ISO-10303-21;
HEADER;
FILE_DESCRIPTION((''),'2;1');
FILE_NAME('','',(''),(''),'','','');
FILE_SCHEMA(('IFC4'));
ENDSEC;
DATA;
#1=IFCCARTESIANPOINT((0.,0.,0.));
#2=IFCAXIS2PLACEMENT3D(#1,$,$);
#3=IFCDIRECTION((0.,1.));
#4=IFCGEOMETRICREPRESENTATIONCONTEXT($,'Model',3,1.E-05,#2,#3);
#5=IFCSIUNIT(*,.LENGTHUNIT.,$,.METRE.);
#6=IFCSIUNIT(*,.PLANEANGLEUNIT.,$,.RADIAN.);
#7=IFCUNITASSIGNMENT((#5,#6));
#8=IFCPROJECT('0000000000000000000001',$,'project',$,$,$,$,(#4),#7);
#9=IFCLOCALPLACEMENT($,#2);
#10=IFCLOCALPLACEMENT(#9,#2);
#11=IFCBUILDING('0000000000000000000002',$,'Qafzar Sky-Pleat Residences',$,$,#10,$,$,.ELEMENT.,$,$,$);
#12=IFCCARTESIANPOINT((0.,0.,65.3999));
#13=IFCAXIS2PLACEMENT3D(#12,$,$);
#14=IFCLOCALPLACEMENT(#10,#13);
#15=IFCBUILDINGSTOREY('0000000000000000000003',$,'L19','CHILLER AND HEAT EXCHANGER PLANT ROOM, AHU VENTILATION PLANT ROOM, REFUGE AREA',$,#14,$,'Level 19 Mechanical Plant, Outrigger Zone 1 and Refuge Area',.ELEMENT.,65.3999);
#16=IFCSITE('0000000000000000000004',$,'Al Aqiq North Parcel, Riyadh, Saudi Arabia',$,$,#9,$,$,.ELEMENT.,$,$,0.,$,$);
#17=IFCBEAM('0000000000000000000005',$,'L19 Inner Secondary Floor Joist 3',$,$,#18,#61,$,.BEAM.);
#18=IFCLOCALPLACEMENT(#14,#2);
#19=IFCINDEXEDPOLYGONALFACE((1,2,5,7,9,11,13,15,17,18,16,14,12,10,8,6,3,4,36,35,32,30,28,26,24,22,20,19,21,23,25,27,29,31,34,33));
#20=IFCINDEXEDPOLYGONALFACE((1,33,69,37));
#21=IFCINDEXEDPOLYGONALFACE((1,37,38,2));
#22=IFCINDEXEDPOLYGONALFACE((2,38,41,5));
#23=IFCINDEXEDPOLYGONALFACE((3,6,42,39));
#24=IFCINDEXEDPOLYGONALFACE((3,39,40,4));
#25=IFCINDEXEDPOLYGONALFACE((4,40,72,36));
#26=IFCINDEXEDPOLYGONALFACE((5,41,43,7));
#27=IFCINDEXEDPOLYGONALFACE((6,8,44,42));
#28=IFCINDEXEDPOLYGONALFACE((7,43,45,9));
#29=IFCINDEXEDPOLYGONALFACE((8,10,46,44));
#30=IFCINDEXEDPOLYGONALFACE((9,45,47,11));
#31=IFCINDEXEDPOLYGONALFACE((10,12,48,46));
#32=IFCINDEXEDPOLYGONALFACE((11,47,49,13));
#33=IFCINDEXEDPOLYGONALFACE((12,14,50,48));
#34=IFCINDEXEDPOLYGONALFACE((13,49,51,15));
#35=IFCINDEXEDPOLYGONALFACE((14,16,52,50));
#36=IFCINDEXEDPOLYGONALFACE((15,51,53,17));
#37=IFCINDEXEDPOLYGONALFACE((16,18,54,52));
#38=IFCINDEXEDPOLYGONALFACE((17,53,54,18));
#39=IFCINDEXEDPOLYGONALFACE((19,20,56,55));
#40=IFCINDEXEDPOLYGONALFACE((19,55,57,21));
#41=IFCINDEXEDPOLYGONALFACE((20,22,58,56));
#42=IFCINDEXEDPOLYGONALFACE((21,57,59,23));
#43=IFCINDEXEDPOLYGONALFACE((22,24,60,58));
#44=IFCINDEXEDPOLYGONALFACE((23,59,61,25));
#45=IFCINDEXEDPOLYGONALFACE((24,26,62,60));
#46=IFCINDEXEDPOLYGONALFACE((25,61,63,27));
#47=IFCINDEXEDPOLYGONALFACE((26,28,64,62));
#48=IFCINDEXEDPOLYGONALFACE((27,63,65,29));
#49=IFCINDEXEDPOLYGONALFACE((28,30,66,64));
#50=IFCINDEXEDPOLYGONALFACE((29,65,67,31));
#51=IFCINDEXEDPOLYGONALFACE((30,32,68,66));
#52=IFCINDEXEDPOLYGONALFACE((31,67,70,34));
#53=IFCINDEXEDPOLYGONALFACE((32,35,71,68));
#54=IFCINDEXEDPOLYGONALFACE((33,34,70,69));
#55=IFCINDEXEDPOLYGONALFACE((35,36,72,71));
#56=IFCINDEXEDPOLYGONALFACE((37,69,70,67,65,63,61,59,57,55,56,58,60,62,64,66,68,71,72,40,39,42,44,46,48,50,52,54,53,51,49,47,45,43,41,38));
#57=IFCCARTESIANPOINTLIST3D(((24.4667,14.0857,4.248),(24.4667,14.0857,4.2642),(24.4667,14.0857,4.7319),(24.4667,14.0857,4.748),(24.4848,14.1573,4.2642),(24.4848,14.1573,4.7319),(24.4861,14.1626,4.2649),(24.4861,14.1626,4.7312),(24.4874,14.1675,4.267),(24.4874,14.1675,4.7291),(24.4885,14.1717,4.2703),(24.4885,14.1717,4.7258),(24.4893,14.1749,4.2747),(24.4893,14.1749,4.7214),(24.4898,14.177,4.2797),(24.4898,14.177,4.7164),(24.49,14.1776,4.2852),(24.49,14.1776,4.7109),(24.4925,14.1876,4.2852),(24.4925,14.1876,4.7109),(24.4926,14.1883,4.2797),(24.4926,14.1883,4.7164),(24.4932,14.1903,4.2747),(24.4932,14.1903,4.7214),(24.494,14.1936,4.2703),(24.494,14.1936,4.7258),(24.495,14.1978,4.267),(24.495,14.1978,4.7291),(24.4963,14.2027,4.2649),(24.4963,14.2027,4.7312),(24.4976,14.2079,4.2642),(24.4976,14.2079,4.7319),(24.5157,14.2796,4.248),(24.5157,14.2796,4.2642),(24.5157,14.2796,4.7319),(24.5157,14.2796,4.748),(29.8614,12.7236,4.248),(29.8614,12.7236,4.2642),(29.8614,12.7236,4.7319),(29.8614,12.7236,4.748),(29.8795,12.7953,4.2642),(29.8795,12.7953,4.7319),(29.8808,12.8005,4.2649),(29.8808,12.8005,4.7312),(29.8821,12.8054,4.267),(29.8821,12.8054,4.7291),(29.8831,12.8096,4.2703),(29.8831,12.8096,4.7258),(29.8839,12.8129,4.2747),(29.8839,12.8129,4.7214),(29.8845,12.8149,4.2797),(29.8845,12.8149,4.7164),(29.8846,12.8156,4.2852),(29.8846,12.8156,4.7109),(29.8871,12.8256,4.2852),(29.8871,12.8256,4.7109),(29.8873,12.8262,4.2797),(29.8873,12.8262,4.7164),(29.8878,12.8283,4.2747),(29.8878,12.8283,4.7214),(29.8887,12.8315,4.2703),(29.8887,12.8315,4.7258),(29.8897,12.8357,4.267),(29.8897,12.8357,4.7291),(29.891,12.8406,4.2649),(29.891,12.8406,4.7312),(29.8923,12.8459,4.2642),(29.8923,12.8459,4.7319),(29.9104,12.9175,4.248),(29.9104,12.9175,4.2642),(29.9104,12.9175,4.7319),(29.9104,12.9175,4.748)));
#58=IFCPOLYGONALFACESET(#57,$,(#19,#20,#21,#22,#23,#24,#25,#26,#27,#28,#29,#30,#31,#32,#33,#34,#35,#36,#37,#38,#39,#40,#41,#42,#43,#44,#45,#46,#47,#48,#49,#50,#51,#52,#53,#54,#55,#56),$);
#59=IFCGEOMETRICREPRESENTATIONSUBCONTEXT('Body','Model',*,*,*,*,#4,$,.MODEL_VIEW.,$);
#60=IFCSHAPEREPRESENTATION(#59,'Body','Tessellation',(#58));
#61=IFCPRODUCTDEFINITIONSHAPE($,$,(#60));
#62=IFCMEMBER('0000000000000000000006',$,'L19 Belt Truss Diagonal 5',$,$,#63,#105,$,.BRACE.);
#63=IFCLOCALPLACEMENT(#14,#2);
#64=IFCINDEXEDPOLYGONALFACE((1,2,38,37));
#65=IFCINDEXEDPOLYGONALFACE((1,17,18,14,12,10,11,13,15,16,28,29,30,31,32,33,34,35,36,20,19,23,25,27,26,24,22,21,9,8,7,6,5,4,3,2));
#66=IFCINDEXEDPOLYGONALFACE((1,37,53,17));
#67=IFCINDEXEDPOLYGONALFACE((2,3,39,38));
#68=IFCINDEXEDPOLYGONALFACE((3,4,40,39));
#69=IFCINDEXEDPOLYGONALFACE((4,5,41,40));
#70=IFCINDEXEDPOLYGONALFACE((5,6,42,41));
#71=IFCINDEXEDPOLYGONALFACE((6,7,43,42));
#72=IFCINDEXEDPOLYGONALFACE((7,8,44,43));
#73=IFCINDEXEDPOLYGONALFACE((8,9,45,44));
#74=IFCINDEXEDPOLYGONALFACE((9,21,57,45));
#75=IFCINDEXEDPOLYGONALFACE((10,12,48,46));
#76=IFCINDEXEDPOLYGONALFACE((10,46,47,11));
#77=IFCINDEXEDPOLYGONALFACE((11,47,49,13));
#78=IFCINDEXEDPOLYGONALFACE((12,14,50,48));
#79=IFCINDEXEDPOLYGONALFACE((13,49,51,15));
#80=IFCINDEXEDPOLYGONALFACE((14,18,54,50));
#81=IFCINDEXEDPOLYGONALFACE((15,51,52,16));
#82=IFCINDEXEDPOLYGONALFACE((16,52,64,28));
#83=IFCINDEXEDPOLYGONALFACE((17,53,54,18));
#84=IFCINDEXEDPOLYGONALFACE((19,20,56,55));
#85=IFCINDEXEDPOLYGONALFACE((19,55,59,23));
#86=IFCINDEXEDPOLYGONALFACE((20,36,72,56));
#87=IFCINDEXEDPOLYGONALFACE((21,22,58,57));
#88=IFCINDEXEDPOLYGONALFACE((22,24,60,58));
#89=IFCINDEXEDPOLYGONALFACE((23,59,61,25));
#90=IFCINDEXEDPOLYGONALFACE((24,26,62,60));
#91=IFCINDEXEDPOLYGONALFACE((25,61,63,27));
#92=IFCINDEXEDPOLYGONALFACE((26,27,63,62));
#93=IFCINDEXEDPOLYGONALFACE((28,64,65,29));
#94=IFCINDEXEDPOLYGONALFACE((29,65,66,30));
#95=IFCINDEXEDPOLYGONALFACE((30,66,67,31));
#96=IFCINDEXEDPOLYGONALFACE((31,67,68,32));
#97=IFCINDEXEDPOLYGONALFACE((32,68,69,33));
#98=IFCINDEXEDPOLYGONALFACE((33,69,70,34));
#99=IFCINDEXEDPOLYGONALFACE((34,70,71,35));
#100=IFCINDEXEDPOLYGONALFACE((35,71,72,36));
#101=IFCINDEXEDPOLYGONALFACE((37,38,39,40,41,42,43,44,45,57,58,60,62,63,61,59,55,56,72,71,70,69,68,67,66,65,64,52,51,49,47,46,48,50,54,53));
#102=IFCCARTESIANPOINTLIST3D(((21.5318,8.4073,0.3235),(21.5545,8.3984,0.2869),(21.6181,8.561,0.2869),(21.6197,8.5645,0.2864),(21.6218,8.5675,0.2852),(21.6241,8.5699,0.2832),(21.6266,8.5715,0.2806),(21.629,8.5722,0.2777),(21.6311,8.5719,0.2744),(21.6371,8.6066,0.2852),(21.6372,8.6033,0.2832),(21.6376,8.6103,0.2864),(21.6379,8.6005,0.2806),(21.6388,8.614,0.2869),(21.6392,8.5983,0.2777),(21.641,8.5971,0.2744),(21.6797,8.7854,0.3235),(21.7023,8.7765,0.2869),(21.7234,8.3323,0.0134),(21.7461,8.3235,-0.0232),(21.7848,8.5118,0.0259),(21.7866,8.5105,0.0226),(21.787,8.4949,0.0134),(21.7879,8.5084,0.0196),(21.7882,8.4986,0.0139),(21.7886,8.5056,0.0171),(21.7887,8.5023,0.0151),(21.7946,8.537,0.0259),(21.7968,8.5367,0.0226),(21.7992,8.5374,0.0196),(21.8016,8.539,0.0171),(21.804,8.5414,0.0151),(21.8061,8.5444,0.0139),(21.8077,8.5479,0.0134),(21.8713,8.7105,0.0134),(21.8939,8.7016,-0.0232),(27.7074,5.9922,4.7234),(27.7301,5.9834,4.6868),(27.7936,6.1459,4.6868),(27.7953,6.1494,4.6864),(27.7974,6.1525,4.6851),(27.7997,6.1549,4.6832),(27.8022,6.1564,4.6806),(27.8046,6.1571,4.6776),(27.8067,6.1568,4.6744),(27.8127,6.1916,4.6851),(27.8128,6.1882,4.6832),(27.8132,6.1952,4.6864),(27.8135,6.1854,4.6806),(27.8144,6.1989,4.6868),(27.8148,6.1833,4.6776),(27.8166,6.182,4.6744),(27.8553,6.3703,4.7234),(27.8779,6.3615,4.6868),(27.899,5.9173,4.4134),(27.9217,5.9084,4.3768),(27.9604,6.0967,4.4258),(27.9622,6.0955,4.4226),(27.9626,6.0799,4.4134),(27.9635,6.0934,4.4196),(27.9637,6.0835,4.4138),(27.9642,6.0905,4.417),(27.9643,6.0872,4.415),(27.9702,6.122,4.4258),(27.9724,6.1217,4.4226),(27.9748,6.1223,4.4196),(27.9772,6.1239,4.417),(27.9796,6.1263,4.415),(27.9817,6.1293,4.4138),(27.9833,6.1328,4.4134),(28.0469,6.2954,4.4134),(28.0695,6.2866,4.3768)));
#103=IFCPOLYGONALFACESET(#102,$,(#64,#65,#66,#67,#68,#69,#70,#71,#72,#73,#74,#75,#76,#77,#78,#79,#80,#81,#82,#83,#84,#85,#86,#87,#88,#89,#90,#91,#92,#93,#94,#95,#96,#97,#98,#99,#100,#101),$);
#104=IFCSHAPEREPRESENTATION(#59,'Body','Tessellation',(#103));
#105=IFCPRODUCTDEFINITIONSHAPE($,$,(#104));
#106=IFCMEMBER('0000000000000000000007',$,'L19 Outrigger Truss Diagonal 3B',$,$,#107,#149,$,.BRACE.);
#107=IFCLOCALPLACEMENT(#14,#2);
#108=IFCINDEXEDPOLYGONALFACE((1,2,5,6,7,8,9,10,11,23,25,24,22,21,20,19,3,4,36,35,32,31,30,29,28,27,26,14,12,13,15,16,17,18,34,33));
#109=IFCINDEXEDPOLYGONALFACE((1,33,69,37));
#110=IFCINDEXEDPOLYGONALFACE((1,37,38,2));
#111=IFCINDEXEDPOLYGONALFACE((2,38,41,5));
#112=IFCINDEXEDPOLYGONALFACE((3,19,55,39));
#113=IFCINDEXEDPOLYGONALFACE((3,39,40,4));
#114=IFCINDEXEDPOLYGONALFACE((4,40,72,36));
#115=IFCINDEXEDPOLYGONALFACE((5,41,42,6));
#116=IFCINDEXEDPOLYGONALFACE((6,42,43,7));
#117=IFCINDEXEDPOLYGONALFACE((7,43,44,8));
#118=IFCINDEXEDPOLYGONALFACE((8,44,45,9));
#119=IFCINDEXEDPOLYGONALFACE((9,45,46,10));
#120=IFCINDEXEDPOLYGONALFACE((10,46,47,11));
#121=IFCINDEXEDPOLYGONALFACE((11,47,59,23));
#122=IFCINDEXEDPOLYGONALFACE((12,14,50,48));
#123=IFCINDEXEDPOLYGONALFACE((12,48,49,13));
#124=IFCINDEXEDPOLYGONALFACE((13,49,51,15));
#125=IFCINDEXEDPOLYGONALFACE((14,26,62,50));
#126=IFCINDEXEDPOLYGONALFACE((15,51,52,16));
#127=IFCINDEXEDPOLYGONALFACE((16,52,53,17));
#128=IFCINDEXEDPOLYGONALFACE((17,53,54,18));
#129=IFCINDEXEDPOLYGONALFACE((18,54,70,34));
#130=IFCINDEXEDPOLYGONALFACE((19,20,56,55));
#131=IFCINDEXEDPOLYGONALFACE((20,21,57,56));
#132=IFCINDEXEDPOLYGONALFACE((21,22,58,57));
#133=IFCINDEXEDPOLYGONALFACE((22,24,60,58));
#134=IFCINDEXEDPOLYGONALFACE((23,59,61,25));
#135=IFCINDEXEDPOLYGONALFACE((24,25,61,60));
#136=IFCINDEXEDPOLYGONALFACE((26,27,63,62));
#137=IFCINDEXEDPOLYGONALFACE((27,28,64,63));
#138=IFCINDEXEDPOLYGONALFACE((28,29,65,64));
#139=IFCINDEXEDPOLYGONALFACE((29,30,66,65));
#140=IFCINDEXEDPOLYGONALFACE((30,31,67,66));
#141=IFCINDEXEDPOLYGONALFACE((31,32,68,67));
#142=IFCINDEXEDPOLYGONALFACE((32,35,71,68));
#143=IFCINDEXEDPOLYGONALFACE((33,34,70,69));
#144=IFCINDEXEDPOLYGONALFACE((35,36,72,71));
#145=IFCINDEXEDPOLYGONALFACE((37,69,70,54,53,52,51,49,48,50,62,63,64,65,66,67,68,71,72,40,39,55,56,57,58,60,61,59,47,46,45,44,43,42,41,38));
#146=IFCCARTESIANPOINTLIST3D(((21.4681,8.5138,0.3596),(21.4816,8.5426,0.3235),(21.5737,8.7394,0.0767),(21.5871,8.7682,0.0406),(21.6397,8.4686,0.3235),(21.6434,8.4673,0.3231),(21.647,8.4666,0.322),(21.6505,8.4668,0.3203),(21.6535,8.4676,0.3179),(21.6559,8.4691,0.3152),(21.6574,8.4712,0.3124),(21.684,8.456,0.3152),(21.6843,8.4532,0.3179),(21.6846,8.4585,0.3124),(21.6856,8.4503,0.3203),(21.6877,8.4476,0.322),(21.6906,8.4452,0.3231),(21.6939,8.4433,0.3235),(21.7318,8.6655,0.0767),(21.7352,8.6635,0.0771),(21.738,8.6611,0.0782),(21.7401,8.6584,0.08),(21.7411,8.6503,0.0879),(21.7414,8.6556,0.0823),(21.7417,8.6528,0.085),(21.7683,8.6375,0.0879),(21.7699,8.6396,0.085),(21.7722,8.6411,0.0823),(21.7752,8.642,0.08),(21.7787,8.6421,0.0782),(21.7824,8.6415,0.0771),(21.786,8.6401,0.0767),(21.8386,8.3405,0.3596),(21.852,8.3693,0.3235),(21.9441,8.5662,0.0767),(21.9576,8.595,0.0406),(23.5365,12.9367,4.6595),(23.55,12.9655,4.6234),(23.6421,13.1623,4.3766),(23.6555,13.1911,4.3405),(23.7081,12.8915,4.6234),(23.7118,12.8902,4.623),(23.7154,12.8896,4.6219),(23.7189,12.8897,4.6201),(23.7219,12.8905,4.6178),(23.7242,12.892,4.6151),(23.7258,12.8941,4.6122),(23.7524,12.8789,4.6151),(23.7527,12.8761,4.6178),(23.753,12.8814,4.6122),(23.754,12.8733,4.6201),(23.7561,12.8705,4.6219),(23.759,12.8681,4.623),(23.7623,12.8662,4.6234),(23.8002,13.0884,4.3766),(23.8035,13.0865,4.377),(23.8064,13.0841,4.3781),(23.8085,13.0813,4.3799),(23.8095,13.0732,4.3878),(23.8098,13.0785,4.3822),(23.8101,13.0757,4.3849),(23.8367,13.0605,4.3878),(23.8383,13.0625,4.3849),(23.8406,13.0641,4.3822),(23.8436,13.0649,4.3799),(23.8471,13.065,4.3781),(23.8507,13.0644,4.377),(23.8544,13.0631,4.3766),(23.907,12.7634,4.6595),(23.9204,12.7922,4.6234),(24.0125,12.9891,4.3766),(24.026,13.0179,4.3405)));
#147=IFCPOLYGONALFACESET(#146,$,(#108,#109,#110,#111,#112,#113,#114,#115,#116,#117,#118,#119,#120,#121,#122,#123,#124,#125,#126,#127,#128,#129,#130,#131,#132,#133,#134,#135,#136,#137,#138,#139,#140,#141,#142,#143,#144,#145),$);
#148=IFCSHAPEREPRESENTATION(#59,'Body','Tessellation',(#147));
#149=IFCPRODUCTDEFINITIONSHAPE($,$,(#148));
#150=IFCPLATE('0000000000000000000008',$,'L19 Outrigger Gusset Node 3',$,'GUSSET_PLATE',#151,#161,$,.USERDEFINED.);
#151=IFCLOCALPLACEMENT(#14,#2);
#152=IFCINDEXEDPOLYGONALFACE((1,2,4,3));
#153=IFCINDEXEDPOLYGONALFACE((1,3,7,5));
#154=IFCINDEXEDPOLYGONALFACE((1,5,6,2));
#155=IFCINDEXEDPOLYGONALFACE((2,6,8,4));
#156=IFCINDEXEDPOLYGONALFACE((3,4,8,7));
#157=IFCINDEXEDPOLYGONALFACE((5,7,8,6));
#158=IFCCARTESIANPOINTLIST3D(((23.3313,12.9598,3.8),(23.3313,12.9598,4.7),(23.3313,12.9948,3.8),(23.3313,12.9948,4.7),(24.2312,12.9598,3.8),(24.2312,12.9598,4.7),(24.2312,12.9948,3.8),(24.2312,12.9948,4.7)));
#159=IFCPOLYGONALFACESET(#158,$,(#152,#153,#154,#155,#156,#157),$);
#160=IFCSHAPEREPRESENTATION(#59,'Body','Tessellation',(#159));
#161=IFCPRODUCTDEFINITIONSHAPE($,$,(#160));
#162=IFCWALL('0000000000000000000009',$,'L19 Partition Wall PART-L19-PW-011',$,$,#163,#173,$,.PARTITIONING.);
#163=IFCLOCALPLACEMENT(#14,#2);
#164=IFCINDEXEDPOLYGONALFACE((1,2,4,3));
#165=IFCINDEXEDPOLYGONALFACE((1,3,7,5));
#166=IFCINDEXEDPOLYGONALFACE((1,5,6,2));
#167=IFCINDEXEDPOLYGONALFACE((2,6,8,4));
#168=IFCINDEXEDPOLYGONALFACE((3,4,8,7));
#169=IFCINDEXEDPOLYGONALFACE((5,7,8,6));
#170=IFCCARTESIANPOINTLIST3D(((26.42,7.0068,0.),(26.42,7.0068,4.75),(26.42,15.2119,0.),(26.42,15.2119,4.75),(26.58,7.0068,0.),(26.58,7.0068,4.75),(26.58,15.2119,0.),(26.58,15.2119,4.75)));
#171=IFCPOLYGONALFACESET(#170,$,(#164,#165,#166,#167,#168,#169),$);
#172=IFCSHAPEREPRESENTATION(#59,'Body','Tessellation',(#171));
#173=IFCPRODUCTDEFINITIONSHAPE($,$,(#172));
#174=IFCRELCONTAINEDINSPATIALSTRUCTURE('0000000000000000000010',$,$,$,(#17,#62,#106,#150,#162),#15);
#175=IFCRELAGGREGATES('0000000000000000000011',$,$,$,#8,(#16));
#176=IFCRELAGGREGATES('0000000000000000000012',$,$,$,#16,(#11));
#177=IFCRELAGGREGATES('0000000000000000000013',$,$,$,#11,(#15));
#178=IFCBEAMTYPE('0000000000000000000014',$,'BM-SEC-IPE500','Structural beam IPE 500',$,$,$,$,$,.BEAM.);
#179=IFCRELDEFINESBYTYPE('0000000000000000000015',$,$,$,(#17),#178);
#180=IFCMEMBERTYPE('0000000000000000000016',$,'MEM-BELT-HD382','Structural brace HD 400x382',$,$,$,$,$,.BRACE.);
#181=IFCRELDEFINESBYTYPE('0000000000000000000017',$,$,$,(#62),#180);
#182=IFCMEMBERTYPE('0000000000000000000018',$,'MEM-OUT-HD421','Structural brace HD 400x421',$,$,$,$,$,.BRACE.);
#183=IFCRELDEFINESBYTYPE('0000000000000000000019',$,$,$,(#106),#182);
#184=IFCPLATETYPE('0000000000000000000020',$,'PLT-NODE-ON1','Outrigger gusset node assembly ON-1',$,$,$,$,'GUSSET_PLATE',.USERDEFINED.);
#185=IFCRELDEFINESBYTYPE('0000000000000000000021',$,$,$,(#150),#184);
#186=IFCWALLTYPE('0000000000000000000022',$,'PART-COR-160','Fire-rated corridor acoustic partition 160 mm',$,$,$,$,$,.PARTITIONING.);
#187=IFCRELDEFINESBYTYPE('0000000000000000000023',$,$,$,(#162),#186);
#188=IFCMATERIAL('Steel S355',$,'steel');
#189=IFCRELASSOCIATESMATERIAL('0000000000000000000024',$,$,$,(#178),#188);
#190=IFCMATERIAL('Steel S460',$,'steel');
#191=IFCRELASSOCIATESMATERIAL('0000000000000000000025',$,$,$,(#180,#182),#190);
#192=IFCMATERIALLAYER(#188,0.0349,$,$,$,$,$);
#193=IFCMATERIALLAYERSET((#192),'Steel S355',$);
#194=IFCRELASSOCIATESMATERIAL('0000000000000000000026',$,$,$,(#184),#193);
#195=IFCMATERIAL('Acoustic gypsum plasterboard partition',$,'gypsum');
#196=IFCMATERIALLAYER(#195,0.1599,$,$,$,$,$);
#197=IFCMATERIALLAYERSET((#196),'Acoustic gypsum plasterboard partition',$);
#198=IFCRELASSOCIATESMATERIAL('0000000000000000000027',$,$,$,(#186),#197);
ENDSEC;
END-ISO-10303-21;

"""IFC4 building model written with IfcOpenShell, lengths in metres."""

from ifc_helpers import new_model, si_unit, direction, frame, frame_2d, origin, origin_2d, place, context, subcontext, project, spatial, rectangle, i_section, extrude, source, transform, mapped, material, layer, layer_set, material_profile, profile_set, type_object, element, save


model = new_model("IFC4")

# Units and contexts
model_context = context("Model", 3, precision=1e-05, world=origin(), true_north=direction((0.0, 1.0)))
body_context = subcontext(model_context, "Body", "Model", "MODEL_VIEW")
ifc_project = project(units=[si_unit("LENGTHUNIT", "METRE"), si_unit("PLANEANGLEUNIT", "RADIAN")], contexts=[model_context])

# Site, building, storey
site_placement = place(None, origin())
site = spatial("IfcSite", under=ifc_project, at=site_placement, Name="Al Aqiq North Parcel, Riyadh, Saudi Arabia", CompositionType="ELEMENT", RefElevation=0.0)
building_placement = place(site_placement, origin())
building = spatial("IfcBuilding", under=site, at=building_placement, Name="Qafzar Sky-Pleat Residences", CompositionType="ELEMENT")
storey_placement = place(building_placement, frame((0.0, 0.0, 65.3999)))
storey = spatial("IfcBuildingStorey", under=building, at=storey_placement, Name="L19", Description="CHILLER AND HEAT EXCHANGER PLANT ROOM, AHU VENTILATION PLANT ROOM, REFUGE AREA", LongName="Level 19 Mechanical Plant, Outrigger Zone 1 and Refuge Area", CompositionType="ELEMENT", Elevation=65.3999)

# Beam
ifc_material_1 = material(Name="Steel S355", Category="steel")
ifc_material_2 = material(Name="Steel S460", Category="steel")
ifc_material_profile_1 = material_profile(ifc_material_1, i_section(OverallWidth=0.2, OverallDepth=0.5, WebThickness=0.0103, FlangeThickness=0.0161, FilletRadius=0.021, at=origin_2d()), Name="IPE 500")
ifc_profile_set_1 = profile_set([ifc_material_profile_1], Name="Steel S355")
beam_type_1 = type_object("IfcBeamType", Name="BM-SEC-IPE500", Description="Structural beam IPE 500", PredefinedType="BEAM", material=ifc_profile_set_1)
shared_shape_1 = source(origin(), body_context, "Body", "SweptSolid", [
    extrude(i_section(OverallWidth=0.2, OverallDepth=0.5, WebThickness=0.0103, FlangeThickness=0.0161, FilletRadius=0.021, at=origin_2d()), origin(), (0.0, 0.0, 1.0), 5.564),
])
beam_1_placement = place(storey_placement, frame((24.4912, 14.1826, 4.498), z_axis=(0.969575, -0.244796, 0.0), x_axis=(0.244796, 0.969575, 0.0)))
element("IfcBeam", 1, at=beam_1_placement, inside=storey, type_object=beam_type_1, Name="L19 Inner Secondary Floor Joist 3", PredefinedType="BEAM", context=body_context, shape_type="MappedRepresentation", body=[
    mapped(shared_shape_1, transform((0.0, 0.0, 0.0), x_axis=(1.0, 0.0, 0.0), y_axis=(0.0, 1.0, 0.0), z_axis=(0.0, 0.0, 1.0), scale=1.0)),
])

# Members
ifc_material_profile_2 = material_profile(ifc_material_2, i_section(OverallWidth=0.406, OverallDepth=0.416, WebThickness=0.0271, FlangeThickness=0.0439, FilletRadius=0.0149, at=origin_2d()), Name="HD 400x382")
ifc_profile_set_2 = profile_set([ifc_material_profile_2], Name="Steel S460")
member_type_1 = type_object("IfcMemberType", Name="MEM-BELT-HD382", Description="Structural brace HD 400x382", PredefinedType="BRACE", material=ifc_profile_set_2)
shared_shape_2 = source(origin(), body_context, "Body", "SweptSolid", [
    extrude(i_section(OverallWidth=0.406, OverallDepth=0.416, WebThickness=0.0271, FlangeThickness=0.0439, FilletRadius=0.0149, at=origin_2d()), origin(), (0.0, 0.0, 1.0), 7.958),
])
member_1_placement = place(storey_placement, frame((21.7129, 8.5544, 0.1501), z_axis=(0.776022, -0.303475, 0.552895), x_axis=(0.364206, 0.931318, 0.0)))
element("IfcMember", 2, at=member_1_placement, inside=storey, type_object=member_type_1, Name="L19 Belt Truss Diagonal 5", PredefinedType="BRACE", context=body_context, shape_type="MappedRepresentation", body=[
    mapped(shared_shape_2, transform((0.0, 0.0, 0.0), x_axis=(1.0, 0.0, 0.0), y_axis=(0.0, 1.0, 0.0), z_axis=(0.0, 0.0, 1.0), scale=1.0)),
])
ifc_material_profile_3 = material_profile(ifc_material_2, i_section(OverallWidth=0.4089, OverallDepth=0.425, WebThickness=0.03, FlangeThickness=0.0481, FilletRadius=0.0149, at=origin_2d()), Name="HD 400x421")
ifc_profile_set_3 = profile_set([ifc_material_profile_3], Name="Steel S460")
member_type_2 = type_object("IfcMemberType", Name="MEM-OUT-HD421", Description="Structural brace HD 400x421", PredefinedType="BRACE", material=ifc_profile_set_3)
shared_shape_3 = source(origin(), body_context, "Body", "SweptSolid", [
    extrude(i_section(OverallWidth=0.4089, OverallDepth=0.425, WebThickness=0.03, FlangeThickness=0.0481, FilletRadius=0.0149, at=origin_2d()), origin(), (0.0, 0.0, 1.0), 6.5061),
])
member_2_placement = place(storey_placement, frame((23.7812, 12.9773, 4.5), z_axis=(-0.317916, -0.679811, -0.660898), x_axis=(0.90584, -0.423619, 0.0)))
element("IfcMember", 3, at=member_2_placement, inside=storey, type_object=member_type_2, Name="L19 Outrigger Truss Diagonal 3B", PredefinedType="BRACE", context=body_context, shape_type="MappedRepresentation", body=[
    mapped(shared_shape_3, transform((0.0, 0.0, 0.0), x_axis=(1.0, 0.0, 0.0), y_axis=(0.0, 1.0, 0.0), z_axis=(0.0, 0.0, 1.0), scale=1.0)),
])

# Plate
ifc_layer_1 = layer(ifc_material_1, 0.0349)
ifc_layer_set_1 = layer_set([ifc_layer_1], Name="Steel S355")
plate_type = type_object("IfcPlateType", Name="PLT-NODE-ON1", Description="Outrigger gusset node assembly ON-1", ElementType="GUSSET_PLATE", PredefinedType="USERDEFINED", material=ifc_layer_set_1)
shared_shape_4 = source(origin(), body_context, "Body", "SweptSolid", [
    extrude(rectangle(XDim=0.8999, YDim=0.0349, at=origin_2d()), origin(), (0.0, 0.0, 1.0), 0.8999),
])
plate_placement = place(storey_placement, frame((23.7812, 12.9773, 3.8), z_axis=(0.0, 0.0, 1.0), x_axis=(1.0, 0.0, 0.0)))
element("IfcPlate", 4, at=plate_placement, inside=storey, type_object=plate_type, Name="L19 Outrigger Gusset Node 3", ObjectType="GUSSET_PLATE", PredefinedType="USERDEFINED", context=body_context, shape_type="MappedRepresentation", body=[
    mapped(shared_shape_4, transform((0.0, 0.0, 0.0), x_axis=(1.0, 0.0, 0.0), y_axis=(0.0, 1.0, 0.0), z_axis=(0.0, 0.0, 1.0), scale=1.0)),
])

# Wall
ifc_material_3 = material(Name="Acoustic gypsum plasterboard partition", Category="gypsum")
ifc_layer_2 = layer(ifc_material_3, 0.1599)
ifc_layer_set_2 = layer_set([ifc_layer_2], Name="Acoustic gypsum plasterboard partition")
wall_type_1 = type_object("IfcWallType", Name="PART-COR-160", Description="Fire-rated corridor acoustic partition 160 mm", PredefinedType="PARTITIONING", material=ifc_layer_set_2)
wall_1_placement = place(storey_placement, frame((26.5, 7.0068, 0.0), z_axis=(0.0, 0.0, 1.0), x_axis=(0.0, 1.0, 0.0)))
element("IfcWall", 5, at=wall_1_placement, inside=storey, type_object=wall_type_1, Name="L19 Partition Wall PART-L19-PW-011", PredefinedType="PARTITIONING", context=body_context, shape_type="SweptSolid", body=[
    extrude(rectangle(XDim=8.2051, YDim=0.1599, at=frame_2d((4.1025, 0.0))), origin(), (0.0, 0.0, 1.0), 4.75),
])

save(model, "model.ifc")
